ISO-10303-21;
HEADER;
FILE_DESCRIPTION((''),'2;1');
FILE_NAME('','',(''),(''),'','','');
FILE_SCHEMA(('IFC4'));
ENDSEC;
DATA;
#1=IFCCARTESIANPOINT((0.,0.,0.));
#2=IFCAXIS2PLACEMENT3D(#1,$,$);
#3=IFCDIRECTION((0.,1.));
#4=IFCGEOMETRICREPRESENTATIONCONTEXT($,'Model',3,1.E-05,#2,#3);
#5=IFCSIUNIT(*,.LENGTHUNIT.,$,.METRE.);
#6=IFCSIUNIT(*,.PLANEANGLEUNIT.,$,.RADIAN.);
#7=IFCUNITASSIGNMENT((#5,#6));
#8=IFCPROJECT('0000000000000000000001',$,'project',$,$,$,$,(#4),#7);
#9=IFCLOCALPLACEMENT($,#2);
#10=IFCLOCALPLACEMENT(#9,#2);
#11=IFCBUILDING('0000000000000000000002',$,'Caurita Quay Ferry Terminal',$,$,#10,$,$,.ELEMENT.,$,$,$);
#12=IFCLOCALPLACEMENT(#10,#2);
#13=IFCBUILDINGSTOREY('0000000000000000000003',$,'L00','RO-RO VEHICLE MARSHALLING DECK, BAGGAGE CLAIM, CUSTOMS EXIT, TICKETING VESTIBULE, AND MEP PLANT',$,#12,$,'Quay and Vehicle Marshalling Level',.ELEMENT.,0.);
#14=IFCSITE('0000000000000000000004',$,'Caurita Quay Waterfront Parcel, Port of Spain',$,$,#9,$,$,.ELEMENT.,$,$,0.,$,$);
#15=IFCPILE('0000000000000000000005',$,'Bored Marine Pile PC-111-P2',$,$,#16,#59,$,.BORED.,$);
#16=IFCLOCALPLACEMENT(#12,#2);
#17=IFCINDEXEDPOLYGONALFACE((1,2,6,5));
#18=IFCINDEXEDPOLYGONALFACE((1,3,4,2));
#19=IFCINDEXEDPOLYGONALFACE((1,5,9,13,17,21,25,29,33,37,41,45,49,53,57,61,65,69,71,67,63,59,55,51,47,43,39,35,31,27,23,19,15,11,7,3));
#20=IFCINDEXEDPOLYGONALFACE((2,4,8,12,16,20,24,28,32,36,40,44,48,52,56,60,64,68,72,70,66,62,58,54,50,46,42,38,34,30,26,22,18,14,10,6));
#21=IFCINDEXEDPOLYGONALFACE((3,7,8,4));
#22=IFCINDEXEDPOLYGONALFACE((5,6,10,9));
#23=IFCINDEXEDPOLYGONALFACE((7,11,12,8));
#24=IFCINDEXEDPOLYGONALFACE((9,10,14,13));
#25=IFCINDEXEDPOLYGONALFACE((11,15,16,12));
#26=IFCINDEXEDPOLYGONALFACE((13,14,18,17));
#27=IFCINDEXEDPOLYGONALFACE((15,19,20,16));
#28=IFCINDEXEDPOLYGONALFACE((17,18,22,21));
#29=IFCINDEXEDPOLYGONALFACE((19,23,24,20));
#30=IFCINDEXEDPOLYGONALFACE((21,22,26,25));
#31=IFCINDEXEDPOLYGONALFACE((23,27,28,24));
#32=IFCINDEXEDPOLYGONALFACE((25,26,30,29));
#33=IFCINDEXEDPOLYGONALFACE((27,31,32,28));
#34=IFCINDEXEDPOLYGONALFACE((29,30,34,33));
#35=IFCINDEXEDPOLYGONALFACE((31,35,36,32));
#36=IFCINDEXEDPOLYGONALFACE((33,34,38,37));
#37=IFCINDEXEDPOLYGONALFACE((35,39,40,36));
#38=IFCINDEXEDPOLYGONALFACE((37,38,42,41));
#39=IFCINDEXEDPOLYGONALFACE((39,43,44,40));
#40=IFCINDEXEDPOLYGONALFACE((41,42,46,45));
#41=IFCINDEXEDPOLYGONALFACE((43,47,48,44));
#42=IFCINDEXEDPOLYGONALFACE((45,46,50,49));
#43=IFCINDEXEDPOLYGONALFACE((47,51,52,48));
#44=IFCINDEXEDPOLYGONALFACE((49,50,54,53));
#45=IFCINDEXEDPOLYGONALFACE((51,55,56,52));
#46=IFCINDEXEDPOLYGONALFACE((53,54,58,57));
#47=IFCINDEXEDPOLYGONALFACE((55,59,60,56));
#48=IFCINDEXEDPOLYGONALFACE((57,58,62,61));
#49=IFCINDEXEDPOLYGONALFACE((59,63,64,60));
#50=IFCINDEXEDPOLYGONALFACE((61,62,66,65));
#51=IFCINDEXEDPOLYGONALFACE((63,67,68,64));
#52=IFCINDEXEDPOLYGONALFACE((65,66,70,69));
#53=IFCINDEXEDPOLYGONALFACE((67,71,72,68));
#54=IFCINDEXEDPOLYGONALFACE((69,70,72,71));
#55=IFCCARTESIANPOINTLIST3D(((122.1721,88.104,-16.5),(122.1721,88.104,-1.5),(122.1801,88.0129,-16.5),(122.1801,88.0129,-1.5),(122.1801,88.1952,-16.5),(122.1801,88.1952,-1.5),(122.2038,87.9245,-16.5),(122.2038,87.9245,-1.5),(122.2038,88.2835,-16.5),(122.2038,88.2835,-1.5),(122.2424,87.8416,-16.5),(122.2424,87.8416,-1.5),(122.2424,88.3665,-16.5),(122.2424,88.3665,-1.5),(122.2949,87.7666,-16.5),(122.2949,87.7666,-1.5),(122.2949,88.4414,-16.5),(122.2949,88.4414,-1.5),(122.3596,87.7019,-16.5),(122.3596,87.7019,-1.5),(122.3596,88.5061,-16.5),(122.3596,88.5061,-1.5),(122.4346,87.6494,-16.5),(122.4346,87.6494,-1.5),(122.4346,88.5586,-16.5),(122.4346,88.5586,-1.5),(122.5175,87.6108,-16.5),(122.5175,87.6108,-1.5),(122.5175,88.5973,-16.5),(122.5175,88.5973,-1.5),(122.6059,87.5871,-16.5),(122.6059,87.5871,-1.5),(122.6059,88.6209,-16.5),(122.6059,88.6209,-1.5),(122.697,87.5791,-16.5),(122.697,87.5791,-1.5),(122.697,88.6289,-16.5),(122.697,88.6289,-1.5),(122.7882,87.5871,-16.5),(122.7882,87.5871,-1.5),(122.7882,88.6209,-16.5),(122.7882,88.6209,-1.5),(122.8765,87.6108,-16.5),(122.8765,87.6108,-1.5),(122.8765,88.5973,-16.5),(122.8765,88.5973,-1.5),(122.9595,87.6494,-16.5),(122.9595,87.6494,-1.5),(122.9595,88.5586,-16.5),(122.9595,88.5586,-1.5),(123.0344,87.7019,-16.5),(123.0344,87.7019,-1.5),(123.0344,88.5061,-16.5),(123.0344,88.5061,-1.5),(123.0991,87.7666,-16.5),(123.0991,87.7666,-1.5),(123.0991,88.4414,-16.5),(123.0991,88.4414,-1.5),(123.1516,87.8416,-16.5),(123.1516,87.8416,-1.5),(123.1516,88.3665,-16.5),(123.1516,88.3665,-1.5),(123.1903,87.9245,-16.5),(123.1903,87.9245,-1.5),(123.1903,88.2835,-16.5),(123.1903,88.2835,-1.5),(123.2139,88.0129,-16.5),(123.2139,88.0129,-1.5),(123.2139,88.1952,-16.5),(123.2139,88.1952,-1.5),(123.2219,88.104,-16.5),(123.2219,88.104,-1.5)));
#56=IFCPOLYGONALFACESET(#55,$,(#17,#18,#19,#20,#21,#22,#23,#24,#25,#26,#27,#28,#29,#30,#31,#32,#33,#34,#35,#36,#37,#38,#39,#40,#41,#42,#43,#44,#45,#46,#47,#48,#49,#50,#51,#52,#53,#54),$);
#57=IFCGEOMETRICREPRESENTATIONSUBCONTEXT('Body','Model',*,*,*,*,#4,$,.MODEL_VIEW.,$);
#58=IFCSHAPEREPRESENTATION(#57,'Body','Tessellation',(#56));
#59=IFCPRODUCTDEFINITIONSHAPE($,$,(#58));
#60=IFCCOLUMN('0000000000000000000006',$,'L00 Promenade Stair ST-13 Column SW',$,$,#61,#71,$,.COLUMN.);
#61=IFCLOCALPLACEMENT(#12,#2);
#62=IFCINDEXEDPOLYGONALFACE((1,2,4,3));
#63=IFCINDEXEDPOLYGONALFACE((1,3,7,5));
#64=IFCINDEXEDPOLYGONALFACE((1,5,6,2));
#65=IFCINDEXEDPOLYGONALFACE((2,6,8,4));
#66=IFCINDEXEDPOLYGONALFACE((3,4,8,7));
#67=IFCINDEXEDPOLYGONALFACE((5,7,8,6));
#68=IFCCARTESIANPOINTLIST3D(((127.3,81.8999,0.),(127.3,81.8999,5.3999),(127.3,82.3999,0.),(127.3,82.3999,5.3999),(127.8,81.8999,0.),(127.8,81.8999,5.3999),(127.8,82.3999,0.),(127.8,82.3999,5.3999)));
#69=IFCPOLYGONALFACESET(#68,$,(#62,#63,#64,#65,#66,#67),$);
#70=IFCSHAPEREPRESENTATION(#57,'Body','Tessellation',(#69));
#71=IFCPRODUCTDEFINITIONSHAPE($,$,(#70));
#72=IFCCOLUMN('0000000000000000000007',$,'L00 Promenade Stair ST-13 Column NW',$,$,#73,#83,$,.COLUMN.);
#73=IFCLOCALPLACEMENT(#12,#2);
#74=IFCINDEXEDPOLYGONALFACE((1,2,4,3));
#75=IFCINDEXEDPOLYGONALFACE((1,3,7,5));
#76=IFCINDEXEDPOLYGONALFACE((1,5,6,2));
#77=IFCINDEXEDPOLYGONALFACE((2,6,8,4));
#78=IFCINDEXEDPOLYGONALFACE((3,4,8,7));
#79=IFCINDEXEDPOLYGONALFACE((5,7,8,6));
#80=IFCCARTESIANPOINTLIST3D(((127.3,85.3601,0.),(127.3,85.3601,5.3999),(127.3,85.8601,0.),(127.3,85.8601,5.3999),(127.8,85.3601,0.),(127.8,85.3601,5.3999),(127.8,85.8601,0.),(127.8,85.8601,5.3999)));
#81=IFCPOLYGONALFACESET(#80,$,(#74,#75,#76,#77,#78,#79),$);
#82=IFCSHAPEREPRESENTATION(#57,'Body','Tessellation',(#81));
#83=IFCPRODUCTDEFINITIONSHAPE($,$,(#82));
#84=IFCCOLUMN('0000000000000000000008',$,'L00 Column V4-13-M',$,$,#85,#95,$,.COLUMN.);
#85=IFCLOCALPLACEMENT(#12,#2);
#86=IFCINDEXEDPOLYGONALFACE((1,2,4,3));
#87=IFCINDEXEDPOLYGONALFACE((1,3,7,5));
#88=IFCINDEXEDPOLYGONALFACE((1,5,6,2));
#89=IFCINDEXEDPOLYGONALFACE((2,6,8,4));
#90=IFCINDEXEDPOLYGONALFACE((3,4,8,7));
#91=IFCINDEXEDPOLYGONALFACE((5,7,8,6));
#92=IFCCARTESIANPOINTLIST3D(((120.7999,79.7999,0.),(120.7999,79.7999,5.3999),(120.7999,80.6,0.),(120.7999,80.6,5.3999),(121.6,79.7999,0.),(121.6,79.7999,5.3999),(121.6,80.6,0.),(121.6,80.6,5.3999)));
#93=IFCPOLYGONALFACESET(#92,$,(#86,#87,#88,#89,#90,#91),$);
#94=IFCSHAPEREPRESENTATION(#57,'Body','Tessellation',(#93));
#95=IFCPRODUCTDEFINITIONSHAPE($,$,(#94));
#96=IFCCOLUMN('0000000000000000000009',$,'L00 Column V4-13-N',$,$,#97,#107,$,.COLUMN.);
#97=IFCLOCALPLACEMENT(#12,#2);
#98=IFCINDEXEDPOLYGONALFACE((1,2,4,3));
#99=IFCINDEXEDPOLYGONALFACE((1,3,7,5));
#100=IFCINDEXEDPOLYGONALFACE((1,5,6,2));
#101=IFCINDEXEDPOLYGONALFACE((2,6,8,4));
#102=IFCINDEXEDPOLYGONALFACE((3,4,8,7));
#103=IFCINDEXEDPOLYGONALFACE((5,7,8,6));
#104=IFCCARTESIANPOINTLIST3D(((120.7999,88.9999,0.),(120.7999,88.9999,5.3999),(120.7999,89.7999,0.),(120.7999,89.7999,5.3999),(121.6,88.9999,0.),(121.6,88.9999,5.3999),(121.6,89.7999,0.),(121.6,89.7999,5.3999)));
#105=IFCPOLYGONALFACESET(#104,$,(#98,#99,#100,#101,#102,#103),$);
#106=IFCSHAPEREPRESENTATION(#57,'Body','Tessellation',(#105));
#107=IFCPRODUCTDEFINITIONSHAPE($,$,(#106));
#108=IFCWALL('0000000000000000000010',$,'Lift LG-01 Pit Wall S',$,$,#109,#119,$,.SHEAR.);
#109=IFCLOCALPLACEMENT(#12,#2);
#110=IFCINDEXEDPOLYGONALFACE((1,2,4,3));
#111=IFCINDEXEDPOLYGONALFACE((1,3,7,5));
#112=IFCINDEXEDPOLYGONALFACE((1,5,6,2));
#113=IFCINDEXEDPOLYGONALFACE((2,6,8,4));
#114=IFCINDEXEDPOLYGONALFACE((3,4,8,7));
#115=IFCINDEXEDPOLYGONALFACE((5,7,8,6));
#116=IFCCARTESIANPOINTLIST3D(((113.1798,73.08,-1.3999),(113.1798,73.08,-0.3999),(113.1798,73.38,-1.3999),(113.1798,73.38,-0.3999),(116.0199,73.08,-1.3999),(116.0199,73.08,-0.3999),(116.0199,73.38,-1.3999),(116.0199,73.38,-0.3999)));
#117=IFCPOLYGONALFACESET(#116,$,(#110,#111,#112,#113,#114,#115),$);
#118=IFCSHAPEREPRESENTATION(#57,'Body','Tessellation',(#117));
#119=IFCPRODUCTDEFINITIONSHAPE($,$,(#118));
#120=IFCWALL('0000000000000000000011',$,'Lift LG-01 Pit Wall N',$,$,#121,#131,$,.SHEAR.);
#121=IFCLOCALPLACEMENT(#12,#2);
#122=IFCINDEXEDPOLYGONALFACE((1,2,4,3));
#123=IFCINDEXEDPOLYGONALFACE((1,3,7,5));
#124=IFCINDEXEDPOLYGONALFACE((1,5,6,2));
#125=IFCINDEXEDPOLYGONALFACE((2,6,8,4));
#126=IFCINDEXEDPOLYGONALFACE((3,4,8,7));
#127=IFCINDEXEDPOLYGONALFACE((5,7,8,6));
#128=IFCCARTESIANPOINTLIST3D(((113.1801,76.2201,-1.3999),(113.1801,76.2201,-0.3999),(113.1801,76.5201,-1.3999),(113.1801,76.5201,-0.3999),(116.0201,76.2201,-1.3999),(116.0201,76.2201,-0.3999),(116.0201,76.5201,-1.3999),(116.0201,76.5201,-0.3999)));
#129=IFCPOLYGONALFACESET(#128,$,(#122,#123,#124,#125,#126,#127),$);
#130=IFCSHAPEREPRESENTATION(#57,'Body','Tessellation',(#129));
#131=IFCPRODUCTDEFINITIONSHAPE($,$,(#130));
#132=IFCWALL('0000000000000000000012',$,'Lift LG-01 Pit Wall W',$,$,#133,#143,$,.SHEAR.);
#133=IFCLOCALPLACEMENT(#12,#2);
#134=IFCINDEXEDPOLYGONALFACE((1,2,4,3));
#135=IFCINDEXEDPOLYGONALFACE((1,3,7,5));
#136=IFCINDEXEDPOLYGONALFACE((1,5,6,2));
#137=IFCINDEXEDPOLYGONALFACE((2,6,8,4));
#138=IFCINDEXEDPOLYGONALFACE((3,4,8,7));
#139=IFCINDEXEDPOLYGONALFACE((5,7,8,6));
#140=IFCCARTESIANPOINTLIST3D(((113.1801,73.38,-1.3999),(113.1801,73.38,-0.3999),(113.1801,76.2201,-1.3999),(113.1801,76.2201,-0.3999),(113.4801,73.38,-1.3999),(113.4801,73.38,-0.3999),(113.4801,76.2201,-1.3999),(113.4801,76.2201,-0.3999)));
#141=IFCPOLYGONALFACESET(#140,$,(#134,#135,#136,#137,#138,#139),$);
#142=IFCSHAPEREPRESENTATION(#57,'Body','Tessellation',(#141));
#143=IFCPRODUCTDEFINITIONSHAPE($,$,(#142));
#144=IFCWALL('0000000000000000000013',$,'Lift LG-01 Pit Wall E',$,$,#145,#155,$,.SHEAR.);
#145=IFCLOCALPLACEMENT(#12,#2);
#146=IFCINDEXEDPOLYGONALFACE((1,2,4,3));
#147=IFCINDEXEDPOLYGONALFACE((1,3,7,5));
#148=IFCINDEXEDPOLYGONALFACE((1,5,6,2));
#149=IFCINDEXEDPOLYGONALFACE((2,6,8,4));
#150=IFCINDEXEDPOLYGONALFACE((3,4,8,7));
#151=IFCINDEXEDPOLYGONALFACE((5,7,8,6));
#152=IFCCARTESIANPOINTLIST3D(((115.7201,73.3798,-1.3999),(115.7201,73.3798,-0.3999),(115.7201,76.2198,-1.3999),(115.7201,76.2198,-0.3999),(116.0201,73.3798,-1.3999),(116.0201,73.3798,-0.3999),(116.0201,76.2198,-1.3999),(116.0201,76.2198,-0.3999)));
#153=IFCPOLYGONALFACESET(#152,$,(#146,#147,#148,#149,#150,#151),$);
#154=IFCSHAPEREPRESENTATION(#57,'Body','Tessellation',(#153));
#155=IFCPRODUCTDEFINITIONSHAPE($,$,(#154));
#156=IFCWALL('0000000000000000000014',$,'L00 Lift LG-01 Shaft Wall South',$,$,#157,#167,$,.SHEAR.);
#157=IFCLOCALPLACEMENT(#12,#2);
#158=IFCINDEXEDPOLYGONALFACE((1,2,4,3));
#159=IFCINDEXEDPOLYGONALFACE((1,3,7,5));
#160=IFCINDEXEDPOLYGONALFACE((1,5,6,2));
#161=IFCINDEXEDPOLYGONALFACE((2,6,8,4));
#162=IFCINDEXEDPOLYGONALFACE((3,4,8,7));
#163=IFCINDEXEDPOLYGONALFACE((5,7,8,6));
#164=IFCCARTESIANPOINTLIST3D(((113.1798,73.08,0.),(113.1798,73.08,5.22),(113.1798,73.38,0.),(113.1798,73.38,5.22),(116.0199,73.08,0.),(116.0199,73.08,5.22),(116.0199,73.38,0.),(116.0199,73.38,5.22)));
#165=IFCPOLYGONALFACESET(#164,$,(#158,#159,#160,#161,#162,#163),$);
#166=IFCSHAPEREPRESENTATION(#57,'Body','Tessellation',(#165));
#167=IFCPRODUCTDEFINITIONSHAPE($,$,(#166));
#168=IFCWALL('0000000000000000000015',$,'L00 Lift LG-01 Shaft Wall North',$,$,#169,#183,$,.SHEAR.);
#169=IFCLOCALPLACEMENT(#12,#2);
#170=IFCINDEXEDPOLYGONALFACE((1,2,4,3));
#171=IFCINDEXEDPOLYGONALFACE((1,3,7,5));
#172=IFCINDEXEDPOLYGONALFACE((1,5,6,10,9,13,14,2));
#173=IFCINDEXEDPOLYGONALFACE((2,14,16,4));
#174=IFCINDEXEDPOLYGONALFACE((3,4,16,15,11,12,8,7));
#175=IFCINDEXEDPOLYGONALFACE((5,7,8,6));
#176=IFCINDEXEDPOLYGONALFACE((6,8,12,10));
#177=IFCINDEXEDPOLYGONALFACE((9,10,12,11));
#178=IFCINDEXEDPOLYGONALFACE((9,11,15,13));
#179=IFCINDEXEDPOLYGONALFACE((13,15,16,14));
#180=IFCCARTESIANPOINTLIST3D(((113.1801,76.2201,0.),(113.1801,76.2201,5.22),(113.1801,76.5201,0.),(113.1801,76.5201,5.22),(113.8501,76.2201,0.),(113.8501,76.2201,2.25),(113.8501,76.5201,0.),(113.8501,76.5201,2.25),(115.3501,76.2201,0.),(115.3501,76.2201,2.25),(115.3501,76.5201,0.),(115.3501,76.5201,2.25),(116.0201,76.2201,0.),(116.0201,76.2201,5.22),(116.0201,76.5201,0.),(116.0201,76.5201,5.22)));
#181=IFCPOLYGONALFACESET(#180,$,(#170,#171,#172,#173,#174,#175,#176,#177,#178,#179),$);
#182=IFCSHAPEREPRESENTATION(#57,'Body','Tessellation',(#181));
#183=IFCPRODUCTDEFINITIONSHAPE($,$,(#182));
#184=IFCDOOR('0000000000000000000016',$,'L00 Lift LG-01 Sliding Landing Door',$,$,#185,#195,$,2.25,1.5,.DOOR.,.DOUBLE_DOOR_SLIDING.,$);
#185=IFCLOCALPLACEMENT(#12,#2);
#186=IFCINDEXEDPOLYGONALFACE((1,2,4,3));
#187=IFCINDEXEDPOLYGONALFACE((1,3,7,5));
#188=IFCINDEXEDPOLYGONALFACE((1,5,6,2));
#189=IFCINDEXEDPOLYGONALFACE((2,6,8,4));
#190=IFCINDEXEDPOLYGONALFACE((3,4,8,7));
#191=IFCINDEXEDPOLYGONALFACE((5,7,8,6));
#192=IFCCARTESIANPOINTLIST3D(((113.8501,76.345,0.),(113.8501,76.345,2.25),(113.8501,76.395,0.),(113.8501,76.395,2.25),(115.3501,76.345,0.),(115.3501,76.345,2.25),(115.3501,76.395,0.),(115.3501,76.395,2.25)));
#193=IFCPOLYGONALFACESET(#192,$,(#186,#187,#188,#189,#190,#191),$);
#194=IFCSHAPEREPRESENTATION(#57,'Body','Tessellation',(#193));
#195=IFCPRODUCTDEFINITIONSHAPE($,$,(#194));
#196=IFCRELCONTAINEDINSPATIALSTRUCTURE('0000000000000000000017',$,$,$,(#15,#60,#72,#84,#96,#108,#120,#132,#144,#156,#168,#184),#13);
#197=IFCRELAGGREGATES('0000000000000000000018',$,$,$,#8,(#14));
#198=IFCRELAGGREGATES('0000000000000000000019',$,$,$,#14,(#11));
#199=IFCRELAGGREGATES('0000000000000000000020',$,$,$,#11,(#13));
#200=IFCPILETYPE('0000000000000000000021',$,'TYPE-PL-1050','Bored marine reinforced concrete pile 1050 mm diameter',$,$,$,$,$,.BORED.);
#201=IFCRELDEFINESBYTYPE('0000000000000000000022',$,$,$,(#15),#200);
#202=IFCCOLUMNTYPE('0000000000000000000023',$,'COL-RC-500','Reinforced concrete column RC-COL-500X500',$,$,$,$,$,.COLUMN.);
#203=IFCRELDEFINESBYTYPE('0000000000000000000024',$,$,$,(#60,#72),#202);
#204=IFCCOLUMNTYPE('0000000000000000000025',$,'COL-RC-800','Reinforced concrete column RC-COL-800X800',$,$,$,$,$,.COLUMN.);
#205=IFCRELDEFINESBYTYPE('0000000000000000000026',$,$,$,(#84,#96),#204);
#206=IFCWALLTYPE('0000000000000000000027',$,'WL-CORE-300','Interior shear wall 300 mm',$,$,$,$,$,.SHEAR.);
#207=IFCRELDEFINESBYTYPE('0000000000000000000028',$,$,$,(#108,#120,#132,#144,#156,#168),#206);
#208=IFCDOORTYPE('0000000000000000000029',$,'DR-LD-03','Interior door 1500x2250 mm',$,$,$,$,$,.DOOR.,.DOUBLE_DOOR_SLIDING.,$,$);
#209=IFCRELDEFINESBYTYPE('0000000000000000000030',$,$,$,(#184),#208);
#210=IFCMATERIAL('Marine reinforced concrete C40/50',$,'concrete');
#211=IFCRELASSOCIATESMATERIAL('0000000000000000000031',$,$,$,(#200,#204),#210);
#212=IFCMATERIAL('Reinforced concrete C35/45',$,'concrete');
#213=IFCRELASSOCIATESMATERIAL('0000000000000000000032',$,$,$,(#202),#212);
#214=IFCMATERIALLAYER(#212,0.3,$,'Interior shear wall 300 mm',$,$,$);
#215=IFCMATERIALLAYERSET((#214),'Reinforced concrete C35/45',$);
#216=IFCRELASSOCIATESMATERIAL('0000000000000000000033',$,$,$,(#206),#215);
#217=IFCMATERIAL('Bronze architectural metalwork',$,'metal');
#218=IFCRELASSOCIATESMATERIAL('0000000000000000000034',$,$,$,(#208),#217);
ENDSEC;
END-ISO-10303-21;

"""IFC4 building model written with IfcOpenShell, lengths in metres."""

from ifc_helpers import new_model, si_unit, direction, frame, frame_2d, origin, origin_2d, place, context, subcontext, project, spatial, rectangle, circle, extrude, material, layer, layer_set, material_profile, profile_set, type_object, element, fill, save


model = new_model("IFC4")

# Units and contexts
model_context = context("Model", 3, precision=1e-05, world=origin(), true_north=direction((0.0, 1.0)))
body_context = subcontext(model_context, "Body", "Model", "MODEL_VIEW")
ifc_project = project(units=[si_unit("LENGTHUNIT", "METRE"), si_unit("PLANEANGLEUNIT", "RADIAN")], contexts=[model_context])

# Site, building, storey
site_placement = place(None, origin())
site = spatial("IfcSite", under=ifc_project, at=site_placement, Name="Caurita Quay Waterfront Parcel, Port of Spain", CompositionType="ELEMENT", RefElevation=0.0)
building_placement = place(site_placement, origin())
building = spatial("IfcBuilding", under=site, at=building_placement, Name="Caurita Quay Ferry Terminal", CompositionType="ELEMENT")
storey_placement = place(building_placement, origin())
storey = spatial("IfcBuildingStorey", under=building, at=storey_placement, Name="L00", Description="RO-RO VEHICLE MARSHALLING DECK, BAGGAGE CLAIM, CUSTOMS EXIT, TICKETING VESTIBULE, AND MEP PLANT", LongName="Quay and Vehicle Marshalling Level", CompositionType="ELEMENT", Elevation=0.0)

# Pile
ifc_material_1 = material(Name="Marine reinforced concrete C40/50", Category="concrete")
ifc_material_profile_1 = material_profile(ifc_material_1, circle(Radius=0.5249, at=origin_2d()), Name="PILE-D1050")
ifc_profile_set_1 = profile_set([ifc_material_profile_1], Name="Marine reinforced concrete C40/50")
pile_type = type_object("IfcPileType", Name="TYPE-PL-1050", Description="Bored marine reinforced concrete pile 1050 mm diameter", PredefinedType="BORED", material=ifc_profile_set_1)
for number, where, z_axis, x_axis, name in (
    (1, (122.697, 88.104, -1.5), (0.0, 0.0, -1.0), (1.0, 0.0, 0.0), "Bored Marine Pile PC-111-P2"),
):
    element("IfcPile", number, at=place(storey_placement, frame(where, z_axis=z_axis, x_axis=x_axis)), inside=storey, type_object=pile_type, Name=name, PredefinedType="BORED", context=body_context, shape_type="SweptSolid", body=[
        extrude(circle(Radius=0.5249, at=origin_2d()), origin(), (0.0, 0.0, 1.0), 15.0),
    ])

# Columns
ifc_material_2 = material(Name="Reinforced concrete C35/45", Category="concrete")
ifc_material_profile_2 = material_profile(ifc_material_2, rectangle(XDim=0.5, YDim=0.5, at=origin_2d()), Name="RC-COL-500X500")
ifc_profile_set_2 = profile_set([ifc_material_profile_2], Name="Reinforced concrete C35/45")
column_type_1 = type_object("IfcColumnType", Name="COL-RC-500", Description="Reinforced concrete column RC-COL-500X500", PredefinedType="COLUMN", material=ifc_profile_set_2)
for number, where, z_axis, x_axis, name in (
    (2, (127.55, 82.1499, 0.0), (0.0, 0.0, 1.0), (1.0, 0.0, 0.0), "L00 Promenade Stair ST-13 Column SW"),
    (3, (127.55, 85.6101, 0.0), (0.0, 0.0, 1.0), (1.0, 0.0, 0.0), "L00 Promenade Stair ST-13 Column NW"),
):
    element("IfcColumn", number, at=place(storey_placement, frame(where, z_axis=z_axis, x_axis=x_axis)), inside=storey, type_object=column_type_1, Name=name, PredefinedType="COLUMN", context=body_context, shape_type="SweptSolid", body=[
        extrude(rectangle(XDim=0.5, YDim=0.5, at=origin_2d()), origin(), (0.0, 0.0, 1.0), 5.3999),
    ])
ifc_material_profile_3 = material_profile(ifc_material_1, rectangle(XDim=0.8, YDim=0.8, at=origin_2d()), Name="RC-COL-800X800")
ifc_profile_set_3 = profile_set([ifc_material_profile_3], Name="Marine reinforced concrete C40/50")
column_type_2 = type_object("IfcColumnType", Name="COL-RC-800", Description="Reinforced concrete column RC-COL-800X800", PredefinedType="COLUMN", material=ifc_profile_set_3)
for number, where, z_axis, x_axis, name in (
    (4, (121.2, 80.2, 0.0), (0.0, 0.0, 1.0), (1.0, 0.0, 0.0), "L00 Column V4-13-M"),
    (5, (121.2, 89.3999, 0.0), (0.0, 0.0, 1.0), (1.0, 0.0, 0.0), "L00 Column V4-13-N"),
):
    element("IfcColumn", number, at=place(storey_placement, frame(where, z_axis=z_axis, x_axis=x_axis)), inside=storey, type_object=column_type_2, Name=name, PredefinedType="COLUMN", context=body_context, shape_type="SweptSolid", body=[
        extrude(rectangle(XDim=0.8, YDim=0.8, at=origin_2d()), origin(), (0.0, 0.0, 1.0), 5.3999),
    ])

# Walls
ifc_layer = layer(ifc_material_2, 0.3, Name="Interior shear wall 300 mm")
ifc_layer_set = layer_set([ifc_layer], Name="Reinforced concrete C35/45")
wall_type = type_object("IfcWallType", Name="WL-CORE-300", Description="Interior shear wall 300 mm", PredefinedType="SHEAR", material=ifc_layer_set)
for number, where, z_axis, x_axis, name in (
    (6, (113.1799, 73.23, -1.3999), (0.0, 0.0, 1.0), (1.0, 0.0, 0.0), "Lift LG-01 Pit Wall S"),
    (7, (116.02, 76.3701, -1.3999), (0.0, 0.0, 1.0), (-1.0, 0.0, 0.0), "Lift LG-01 Pit Wall N"),
    (8, (113.3301, 76.22, -1.3999), (0.0, 0.0, 1.0), (0.0, -1.0, 0.0), "Lift LG-01 Pit Wall W"),
    (9, (115.8701, 73.3799, -1.3999), (0.0, 0.0, 1.0), (0.0, 1.0, 0.0), "Lift LG-01 Pit Wall E"),
):
    element("IfcWall", number, at=place(storey_placement, frame(where, z_axis=z_axis, x_axis=x_axis)), inside=storey, type_object=wall_type, Name=name, PredefinedType="SHEAR", context=body_context, shape_type="SweptSolid", body=[
        extrude(rectangle(XDim=2.8401, YDim=0.3, at=frame_2d((1.4199, 0.0))), origin(), (0.0, 0.0, 1.0), 1.0),
    ])
wall_1_placement = place(storey_placement, frame((113.1799, 73.23, 0.0), z_axis=(0.0, 0.0, 1.0), x_axis=(1.0, 0.0, 0.0)))
element("IfcWall", 10, at=wall_1_placement, inside=storey, type_object=wall_type, Name="L00 Lift LG-01 Shaft Wall South", PredefinedType="SHEAR", context=body_context, shape_type="SweptSolid", body=[
    extrude(rectangle(XDim=2.8401, YDim=0.3, at=frame_2d((1.4199, 0.0))), origin(), (0.0, 0.0, 1.0), 5.22),
])

# Wall, opening, door
wall_2_placement = place(storey_placement, frame((116.02, 76.3701, 0.0), z_axis=(0.0, 0.0, 1.0), x_axis=(-1.0, 0.0, 0.0)))
wall_2 = element("IfcWall", 11, at=wall_2_placement, inside=storey, type_object=wall_type, Name="L00 Lift LG-01 Shaft Wall North", PredefinedType="SHEAR", context=body_context, shape_type="SweptSolid", body=[
    extrude(rectangle(XDim=2.8401, YDim=0.3, at=frame_2d((1.4199, 0.0))), origin(), (0.0, 0.0, 1.0), 5.22),
])
opening_placement = place(wall_2_placement, frame((0.6699, 0.0, 0.0)))
opening = element("IfcOpeningElement", 12, at=opening_placement, cuts=wall_2, PredefinedType="OPENING", context=body_context, shape_type="SweptSolid", body=[
    extrude(rectangle(XDim=1.5, YDim=2.25, at=frame_2d((0.75, 1.125))), frame((0.0, 0.1599, 0.0), z_axis=(0.0, -1.0, 0.0), x_axis=(1.0, 0.0, 0.0)), (0.0, 0.0, 1.0), 0.3201),
])
ifc_material_3 = material(Name="Bronze architectural metalwork", Category="metal")
door_type = type_object("IfcDoorType", Name="DR-LD-03", Description="Interior door 1500x2250 mm", OperationType="DOUBLE_DOOR_SLIDING", PredefinedType="DOOR", material=ifc_material_3)
door_placement = place(opening_placement, frame((1.5, 0.0, 0.0), z_axis=(0.0, 0.0, 1.0), x_axis=(-1.0, 0.0, 0.0)))
door = element("IfcDoor", 13, at=door_placement, inside=storey, type_object=door_type, Name="L00 Lift LG-01 Sliding Landing Door", OperationType="DOUBLE_DOOR_SLIDING", OverallHeight=2.25, OverallWidth=1.5, PredefinedType="DOOR", context=body_context, shape_type="SweptSolid", body=[
    extrude(rectangle(XDim=1.5, YDim=2.25, at=frame_2d((0.75, 1.125))), frame((0.0, 0.0249, 0.0), z_axis=(0.0, -1.0, 0.0), x_axis=(1.0, 0.0, 0.0)), (0.0, 0.0, 1.0), 0.05),
])
fill(opening, door)

save(model, "model.ifc")
